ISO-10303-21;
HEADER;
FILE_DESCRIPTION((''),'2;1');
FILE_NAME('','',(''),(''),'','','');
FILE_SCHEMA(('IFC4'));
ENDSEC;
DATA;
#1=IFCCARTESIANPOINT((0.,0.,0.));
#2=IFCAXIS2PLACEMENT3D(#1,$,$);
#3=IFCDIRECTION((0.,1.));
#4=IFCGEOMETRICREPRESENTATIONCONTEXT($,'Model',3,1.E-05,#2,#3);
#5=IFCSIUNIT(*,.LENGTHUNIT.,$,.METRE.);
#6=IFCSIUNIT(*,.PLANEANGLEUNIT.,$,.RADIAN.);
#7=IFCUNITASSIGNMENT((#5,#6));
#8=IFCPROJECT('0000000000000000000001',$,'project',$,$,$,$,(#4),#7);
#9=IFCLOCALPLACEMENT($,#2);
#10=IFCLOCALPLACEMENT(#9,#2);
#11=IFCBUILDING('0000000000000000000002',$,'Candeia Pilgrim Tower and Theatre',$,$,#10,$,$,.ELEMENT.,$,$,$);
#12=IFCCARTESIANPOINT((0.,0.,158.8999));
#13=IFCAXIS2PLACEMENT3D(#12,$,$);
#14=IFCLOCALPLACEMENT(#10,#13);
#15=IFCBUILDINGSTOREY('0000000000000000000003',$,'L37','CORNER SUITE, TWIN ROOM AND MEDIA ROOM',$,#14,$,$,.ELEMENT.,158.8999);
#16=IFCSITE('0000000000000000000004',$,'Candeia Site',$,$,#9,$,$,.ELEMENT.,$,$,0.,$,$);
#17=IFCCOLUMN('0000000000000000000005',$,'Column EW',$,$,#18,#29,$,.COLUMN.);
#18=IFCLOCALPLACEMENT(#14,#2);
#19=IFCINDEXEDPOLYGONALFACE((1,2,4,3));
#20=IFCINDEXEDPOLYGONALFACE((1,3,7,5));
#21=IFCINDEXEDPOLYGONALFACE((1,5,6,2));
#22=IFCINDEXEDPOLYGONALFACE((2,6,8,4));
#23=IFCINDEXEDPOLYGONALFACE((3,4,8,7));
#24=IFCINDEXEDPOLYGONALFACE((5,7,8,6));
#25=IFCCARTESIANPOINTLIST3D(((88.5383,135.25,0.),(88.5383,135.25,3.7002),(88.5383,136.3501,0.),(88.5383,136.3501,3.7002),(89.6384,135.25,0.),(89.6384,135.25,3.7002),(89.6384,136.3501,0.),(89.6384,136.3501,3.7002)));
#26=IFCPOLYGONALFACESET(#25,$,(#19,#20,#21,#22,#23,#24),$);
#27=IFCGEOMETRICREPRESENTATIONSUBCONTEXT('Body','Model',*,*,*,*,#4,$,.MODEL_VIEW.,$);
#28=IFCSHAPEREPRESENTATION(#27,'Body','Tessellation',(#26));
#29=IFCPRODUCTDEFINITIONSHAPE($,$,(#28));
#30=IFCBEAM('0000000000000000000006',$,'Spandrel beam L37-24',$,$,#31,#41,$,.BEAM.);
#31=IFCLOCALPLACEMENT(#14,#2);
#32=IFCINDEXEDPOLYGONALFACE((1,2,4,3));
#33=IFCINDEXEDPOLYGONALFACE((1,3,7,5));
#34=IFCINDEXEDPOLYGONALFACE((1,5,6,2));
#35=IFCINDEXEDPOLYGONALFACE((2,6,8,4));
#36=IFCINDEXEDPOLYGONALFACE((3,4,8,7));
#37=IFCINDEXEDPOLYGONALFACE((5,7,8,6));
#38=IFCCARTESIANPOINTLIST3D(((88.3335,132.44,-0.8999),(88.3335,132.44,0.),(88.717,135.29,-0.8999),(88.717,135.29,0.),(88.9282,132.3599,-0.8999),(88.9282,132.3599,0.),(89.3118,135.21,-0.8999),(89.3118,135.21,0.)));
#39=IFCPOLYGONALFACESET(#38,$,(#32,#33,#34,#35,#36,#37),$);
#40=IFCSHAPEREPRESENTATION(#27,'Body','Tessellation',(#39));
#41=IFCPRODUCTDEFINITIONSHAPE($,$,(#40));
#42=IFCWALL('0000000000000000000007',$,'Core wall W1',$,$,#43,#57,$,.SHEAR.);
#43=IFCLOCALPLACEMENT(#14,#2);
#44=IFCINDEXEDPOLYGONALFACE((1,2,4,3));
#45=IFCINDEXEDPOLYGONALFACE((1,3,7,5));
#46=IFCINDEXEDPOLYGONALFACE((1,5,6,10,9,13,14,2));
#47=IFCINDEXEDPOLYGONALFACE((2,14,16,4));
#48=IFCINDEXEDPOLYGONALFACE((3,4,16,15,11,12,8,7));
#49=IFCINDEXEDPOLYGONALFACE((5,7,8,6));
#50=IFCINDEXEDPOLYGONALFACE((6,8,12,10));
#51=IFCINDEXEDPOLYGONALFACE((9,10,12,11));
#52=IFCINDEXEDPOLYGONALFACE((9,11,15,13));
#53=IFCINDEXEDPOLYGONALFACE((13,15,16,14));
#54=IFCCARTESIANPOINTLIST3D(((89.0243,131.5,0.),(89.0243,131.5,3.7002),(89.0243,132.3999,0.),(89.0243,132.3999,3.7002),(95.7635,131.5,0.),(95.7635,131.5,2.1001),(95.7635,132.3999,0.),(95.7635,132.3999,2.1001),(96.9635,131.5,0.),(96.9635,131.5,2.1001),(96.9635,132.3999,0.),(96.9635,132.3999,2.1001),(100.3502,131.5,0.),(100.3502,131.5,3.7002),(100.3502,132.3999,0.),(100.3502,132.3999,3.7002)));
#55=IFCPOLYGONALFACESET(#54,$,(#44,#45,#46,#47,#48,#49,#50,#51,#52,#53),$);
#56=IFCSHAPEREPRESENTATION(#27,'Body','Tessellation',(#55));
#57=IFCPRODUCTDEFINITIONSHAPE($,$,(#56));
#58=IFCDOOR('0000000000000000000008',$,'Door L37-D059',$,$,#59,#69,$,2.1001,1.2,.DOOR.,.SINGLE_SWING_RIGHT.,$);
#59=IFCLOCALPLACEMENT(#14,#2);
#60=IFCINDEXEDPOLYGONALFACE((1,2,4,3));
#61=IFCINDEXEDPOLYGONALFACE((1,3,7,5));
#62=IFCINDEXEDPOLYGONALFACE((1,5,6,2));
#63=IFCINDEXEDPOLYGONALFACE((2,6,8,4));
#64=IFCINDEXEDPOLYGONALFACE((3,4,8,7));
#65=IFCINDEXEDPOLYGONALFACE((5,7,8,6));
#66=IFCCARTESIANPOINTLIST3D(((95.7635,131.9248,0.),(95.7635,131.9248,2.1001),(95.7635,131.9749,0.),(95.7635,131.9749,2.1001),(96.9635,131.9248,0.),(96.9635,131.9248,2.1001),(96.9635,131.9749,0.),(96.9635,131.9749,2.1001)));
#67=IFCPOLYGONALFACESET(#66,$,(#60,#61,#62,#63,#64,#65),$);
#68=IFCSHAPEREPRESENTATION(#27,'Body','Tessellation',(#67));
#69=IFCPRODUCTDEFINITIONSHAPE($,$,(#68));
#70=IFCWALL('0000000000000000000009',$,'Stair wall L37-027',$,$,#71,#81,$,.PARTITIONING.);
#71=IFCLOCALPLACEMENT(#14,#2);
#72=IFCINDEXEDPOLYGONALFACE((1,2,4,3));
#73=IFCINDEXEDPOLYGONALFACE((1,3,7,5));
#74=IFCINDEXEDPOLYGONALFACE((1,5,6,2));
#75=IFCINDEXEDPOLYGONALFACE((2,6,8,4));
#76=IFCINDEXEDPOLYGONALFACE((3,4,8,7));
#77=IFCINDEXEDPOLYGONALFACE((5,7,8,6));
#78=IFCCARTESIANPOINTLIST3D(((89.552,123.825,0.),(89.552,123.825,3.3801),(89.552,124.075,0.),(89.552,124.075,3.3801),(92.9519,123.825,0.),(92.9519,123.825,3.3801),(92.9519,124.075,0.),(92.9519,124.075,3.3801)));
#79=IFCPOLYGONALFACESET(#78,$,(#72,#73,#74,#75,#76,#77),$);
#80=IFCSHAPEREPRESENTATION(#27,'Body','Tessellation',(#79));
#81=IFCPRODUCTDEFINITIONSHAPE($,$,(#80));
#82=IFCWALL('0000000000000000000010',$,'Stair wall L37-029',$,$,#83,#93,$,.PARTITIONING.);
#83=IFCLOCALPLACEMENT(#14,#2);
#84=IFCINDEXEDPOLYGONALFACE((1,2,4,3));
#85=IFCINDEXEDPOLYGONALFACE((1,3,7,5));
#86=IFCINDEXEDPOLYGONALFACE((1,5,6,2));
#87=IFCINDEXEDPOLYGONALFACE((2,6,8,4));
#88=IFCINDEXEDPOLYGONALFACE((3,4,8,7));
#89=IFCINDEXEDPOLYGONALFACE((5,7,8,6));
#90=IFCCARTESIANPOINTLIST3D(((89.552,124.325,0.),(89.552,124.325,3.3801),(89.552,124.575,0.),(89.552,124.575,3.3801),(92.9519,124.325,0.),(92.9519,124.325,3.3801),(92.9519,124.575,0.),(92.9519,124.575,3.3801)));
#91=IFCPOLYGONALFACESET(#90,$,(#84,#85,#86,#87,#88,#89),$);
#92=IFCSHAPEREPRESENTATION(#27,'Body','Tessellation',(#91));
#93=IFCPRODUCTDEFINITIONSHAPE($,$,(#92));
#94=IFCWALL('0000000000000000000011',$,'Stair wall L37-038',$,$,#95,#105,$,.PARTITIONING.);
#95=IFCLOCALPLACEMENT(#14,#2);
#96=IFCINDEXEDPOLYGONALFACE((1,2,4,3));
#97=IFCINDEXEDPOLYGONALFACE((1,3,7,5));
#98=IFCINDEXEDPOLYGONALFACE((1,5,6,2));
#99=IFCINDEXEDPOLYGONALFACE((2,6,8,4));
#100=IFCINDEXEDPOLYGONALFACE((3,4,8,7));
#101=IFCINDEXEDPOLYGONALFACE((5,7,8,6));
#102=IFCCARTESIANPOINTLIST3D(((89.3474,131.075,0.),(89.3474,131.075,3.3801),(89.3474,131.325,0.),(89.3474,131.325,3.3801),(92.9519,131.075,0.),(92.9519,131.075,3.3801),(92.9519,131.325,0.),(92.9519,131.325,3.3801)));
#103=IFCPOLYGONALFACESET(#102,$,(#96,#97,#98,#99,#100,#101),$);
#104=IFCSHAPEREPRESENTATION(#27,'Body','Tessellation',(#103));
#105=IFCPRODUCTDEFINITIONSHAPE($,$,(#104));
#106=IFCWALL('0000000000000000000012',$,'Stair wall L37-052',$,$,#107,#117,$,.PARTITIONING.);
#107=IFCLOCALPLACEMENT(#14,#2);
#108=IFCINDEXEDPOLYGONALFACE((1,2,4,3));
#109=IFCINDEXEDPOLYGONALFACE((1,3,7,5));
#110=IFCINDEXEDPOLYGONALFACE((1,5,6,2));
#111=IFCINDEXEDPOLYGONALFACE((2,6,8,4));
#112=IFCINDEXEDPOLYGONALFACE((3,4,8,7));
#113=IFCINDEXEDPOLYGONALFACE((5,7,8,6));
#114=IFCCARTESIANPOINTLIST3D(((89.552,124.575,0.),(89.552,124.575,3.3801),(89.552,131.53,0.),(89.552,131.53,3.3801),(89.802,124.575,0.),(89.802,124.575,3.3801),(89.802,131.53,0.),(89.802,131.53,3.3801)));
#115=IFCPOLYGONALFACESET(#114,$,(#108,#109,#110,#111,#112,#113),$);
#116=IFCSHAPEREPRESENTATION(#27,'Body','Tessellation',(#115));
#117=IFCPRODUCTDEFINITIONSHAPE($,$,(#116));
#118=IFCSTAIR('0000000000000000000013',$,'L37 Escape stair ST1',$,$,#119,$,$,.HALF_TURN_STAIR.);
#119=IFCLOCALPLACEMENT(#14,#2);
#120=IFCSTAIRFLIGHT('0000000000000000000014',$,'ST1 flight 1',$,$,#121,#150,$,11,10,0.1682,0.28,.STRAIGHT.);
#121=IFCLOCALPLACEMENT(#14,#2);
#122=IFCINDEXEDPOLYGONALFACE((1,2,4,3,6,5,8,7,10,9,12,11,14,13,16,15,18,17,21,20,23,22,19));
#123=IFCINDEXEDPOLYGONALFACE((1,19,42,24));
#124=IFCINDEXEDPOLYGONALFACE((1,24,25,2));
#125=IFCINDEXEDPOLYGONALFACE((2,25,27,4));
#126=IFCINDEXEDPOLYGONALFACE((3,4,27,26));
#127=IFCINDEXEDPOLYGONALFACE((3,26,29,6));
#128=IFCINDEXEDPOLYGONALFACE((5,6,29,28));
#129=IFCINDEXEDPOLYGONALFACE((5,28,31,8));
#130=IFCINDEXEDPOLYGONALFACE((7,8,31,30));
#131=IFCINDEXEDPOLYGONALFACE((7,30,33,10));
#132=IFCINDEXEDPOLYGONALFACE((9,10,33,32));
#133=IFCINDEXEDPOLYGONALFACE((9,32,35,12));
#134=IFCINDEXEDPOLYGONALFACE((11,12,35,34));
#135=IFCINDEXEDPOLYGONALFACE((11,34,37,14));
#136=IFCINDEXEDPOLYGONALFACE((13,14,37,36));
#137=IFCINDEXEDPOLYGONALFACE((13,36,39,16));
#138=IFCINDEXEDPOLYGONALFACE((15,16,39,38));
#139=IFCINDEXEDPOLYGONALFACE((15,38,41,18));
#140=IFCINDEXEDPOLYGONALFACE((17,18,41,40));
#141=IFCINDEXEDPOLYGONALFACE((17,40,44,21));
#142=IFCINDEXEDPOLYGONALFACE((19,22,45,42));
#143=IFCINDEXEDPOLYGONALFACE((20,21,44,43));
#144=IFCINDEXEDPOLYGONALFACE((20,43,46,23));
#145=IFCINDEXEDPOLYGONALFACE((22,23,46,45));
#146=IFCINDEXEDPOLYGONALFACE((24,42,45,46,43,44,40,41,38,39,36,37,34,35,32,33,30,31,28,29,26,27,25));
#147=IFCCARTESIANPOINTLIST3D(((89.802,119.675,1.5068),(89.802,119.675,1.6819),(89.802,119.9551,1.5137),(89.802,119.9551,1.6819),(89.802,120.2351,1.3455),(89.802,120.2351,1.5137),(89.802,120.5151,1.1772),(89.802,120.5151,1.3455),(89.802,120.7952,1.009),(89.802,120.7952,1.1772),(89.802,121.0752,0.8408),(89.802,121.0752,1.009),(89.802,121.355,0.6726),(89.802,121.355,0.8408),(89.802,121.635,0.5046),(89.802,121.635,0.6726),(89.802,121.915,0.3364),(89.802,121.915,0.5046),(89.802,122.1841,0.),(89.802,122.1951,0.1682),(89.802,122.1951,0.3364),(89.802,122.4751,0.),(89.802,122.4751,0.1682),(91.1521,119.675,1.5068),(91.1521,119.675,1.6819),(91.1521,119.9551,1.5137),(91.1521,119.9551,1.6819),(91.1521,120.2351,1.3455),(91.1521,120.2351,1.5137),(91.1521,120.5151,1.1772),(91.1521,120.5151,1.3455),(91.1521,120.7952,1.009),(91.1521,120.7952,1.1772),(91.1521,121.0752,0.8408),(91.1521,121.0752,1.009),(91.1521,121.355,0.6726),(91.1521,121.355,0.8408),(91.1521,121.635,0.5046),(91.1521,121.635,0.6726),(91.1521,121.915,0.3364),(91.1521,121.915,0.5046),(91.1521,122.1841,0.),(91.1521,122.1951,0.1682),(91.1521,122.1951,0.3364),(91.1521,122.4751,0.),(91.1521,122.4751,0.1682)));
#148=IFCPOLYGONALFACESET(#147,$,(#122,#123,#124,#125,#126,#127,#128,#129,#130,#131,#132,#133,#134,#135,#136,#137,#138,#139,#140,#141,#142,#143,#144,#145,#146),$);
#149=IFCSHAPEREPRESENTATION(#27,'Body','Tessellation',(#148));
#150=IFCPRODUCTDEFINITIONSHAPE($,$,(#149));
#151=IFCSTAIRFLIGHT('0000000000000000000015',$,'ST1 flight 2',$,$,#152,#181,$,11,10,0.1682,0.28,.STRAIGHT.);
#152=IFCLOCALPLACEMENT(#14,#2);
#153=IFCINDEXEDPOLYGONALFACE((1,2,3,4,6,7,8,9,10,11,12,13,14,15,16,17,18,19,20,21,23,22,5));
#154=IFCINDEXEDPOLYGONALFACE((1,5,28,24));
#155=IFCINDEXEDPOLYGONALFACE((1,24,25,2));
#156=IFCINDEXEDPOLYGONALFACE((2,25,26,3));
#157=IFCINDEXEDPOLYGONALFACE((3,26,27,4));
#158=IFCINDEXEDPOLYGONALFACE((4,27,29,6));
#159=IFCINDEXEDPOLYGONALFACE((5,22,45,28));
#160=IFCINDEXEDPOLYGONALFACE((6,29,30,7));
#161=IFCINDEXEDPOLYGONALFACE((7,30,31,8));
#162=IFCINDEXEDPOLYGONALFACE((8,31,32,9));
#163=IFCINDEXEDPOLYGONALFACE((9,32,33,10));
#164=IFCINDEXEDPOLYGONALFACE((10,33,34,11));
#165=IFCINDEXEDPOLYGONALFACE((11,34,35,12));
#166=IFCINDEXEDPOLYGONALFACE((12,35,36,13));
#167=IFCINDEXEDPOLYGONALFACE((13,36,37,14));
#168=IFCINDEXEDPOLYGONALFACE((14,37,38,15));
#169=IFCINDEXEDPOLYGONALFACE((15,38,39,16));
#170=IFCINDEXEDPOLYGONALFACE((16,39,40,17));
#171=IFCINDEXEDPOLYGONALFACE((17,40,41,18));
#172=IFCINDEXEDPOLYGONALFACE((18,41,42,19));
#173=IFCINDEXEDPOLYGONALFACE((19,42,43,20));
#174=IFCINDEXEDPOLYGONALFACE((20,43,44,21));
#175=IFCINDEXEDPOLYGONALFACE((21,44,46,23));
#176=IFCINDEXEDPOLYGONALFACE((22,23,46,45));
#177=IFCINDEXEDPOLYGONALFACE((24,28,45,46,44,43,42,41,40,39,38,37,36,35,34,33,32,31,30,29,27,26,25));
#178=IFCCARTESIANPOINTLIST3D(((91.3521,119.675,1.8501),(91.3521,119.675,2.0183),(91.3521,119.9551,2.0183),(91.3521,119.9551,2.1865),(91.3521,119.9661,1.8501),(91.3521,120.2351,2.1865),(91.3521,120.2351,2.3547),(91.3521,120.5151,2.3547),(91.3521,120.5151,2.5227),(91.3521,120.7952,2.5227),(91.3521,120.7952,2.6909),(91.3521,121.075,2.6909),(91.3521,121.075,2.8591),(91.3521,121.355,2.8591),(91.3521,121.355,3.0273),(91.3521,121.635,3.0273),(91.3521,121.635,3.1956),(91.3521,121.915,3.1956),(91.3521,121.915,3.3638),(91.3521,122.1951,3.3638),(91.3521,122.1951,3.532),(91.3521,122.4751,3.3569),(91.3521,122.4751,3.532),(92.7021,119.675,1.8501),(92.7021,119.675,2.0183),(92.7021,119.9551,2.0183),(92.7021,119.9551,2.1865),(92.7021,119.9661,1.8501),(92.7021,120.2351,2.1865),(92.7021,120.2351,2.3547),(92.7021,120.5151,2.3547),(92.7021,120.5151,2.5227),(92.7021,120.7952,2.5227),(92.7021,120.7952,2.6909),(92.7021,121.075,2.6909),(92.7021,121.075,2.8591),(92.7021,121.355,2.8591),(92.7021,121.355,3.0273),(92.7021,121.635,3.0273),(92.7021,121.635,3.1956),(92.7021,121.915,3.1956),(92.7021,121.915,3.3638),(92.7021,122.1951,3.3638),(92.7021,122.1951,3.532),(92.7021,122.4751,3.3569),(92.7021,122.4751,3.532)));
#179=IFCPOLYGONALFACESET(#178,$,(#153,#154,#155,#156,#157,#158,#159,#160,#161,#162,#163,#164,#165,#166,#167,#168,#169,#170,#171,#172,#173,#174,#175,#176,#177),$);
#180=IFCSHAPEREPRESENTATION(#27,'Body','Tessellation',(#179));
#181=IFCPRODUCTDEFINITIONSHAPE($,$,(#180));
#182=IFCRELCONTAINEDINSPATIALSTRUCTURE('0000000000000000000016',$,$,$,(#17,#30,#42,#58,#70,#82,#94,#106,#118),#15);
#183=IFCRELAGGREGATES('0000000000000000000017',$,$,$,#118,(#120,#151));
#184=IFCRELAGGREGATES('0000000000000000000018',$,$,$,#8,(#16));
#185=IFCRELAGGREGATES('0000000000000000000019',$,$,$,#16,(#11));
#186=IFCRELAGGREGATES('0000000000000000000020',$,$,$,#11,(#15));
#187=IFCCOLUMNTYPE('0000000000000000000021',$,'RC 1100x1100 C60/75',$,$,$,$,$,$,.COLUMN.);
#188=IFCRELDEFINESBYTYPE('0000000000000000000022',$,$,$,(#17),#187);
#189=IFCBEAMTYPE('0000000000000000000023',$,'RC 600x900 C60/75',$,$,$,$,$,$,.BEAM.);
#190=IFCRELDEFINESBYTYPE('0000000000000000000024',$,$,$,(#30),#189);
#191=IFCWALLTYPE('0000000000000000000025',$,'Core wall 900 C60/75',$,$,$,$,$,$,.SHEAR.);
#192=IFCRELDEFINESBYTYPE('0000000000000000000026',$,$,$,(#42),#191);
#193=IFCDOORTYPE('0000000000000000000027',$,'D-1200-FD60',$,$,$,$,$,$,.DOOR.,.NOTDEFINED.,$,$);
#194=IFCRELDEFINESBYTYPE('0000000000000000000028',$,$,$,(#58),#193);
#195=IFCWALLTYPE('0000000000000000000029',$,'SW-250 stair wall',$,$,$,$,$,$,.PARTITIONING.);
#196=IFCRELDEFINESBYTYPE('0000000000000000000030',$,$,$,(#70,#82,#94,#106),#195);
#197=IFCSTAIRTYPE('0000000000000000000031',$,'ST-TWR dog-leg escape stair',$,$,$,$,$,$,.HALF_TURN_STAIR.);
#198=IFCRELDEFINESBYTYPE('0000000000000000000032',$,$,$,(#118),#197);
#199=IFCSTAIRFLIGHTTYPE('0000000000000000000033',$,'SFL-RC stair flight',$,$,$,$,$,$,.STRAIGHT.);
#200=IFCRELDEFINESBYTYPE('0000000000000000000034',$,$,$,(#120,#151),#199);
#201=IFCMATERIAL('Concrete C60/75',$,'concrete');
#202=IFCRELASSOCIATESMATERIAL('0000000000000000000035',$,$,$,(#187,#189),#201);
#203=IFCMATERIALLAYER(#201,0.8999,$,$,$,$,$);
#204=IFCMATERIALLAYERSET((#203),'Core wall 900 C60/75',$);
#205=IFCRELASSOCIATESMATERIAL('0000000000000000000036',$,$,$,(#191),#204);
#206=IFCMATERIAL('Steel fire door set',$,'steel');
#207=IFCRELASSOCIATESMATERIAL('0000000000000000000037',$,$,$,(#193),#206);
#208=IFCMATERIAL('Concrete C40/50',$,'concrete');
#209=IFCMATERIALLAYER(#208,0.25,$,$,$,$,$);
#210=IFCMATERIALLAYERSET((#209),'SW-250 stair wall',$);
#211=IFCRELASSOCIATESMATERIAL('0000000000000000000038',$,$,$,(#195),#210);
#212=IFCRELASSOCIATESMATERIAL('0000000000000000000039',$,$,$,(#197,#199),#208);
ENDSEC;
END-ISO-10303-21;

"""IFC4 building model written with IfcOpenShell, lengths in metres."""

from ifc_helpers import new_model, si_unit, direction, frame, frame_2d, origin, origin_2d, place, context, subcontext, project, spatial, polyline, rectangle, outline, extrude, material, layer, layer_set, material_profile, profile_set, type_object, element, fill, aggregate, save


model = new_model("IFC4")

# Units and contexts
model_context = context("Model", 3, precision=1e-05, world=origin(), true_north=direction((0.0, 1.0)))
body_context = subcontext(model_context, "Body", "Model", "MODEL_VIEW")
ifc_project = project(units=[si_unit("LENGTHUNIT", "METRE"), si_unit("PLANEANGLEUNIT", "RADIAN")], contexts=[model_context])

# Site, building, storey
site_placement = place(None, origin())
site = spatial("IfcSite", under=ifc_project, at=site_placement, Name="Candeia Site", CompositionType="ELEMENT", RefElevation=0.0)
building_placement = place(site_placement, origin())
building = spatial("IfcBuilding", under=site, at=building_placement, Name="Candeia Pilgrim Tower and Theatre", CompositionType="ELEMENT")
storey_placement = place(building_placement, frame((0.0, 0.0, 158.8999)))
storey = spatial("IfcBuildingStorey", under=building, at=storey_placement, Name="L37", Description="CORNER SUITE, TWIN ROOM AND MEDIA ROOM", CompositionType="ELEMENT", Elevation=158.8999)

# Column
ifc_material_1 = material(Name="Concrete C60/75", Category="concrete")
ifc_material_profile_1 = material_profile(ifc_material_1, rectangle(XDim=1.1001, YDim=1.1001, at=origin_2d()))
ifc_profile_set_1 = profile_set([ifc_material_profile_1], Name="Concrete C60/75")
column_type = type_object("IfcColumnType", Name="RC 1100x1100 C60/75", PredefinedType="COLUMN", material=ifc_profile_set_1)
column_placement = place(storey_placement, frame((89.0884, 135.8, 0.0), z_axis=(0.0, 0.0, 1.0), x_axis=(1.0, 0.0, 0.0)))
element("IfcColumn", 1, at=column_placement, inside=storey, type_object=column_type, Name="Column EW", PredefinedType="COLUMN", context=body_context, shape_type="SweptSolid", body=[
    extrude(rectangle(XDim=1.1001, YDim=1.1001, at=origin_2d()), origin(), (0.0, 0.0, 1.0), 3.7002),
])

# Beam
ifc_material_profile_2 = material_profile(ifc_material_1, rectangle(XDim=0.6001, YDim=0.8999, at=origin_2d()))
ifc_profile_set_2 = profile_set([ifc_material_profile_2], Name="Concrete C60/75")
beam_type = type_object("IfcBeamType", Name="RC 600x900 C60/75", PredefinedType="BEAM", material=ifc_profile_set_2)
beam_placement = place(storey_placement, frame((89.0144, 135.25, -0.45), z_axis=(-0.13337, -0.991066, 0.0), x_axis=(0.991066, -0.13337, 0.0)))
element("IfcBeam", 2, at=beam_placement, inside=storey, type_object=beam_type, Name="Spandrel beam L37-24", PredefinedType="BEAM", context=body_context, shape_type="SweptSolid", body=[
    extrude(rectangle(XDim=0.6001, YDim=0.8999, at=origin_2d()), origin(), (0.0, 0.0, 1.0), 2.8757),
])

# Wall, opening, door
ifc_layer_1 = layer(ifc_material_1, 0.8999)
ifc_layer_set_1 = layer_set([ifc_layer_1], Name="Core wall 900 C60/75")
wall_type_1 = type_object("IfcWallType", Name="Core wall 900 C60/75", PredefinedType="SHEAR", material=ifc_layer_set_1)
wall_1_placement = place(storey_placement, frame((89.0242, 131.95, 0.0), z_axis=(0.0, 0.0, 1.0), x_axis=(1.0, 0.0, 0.0)))
wall_1 = element("IfcWall", 3, at=wall_1_placement, inside=storey, type_object=wall_type_1, Name="Core wall W1", PredefinedType="SHEAR", context=body_context, shape_type="SweptSolid", body=[
    extrude(rectangle(XDim=11.3259, YDim=0.8999, at=frame_2d((5.6631, 0.0))), origin(), (0.0, 0.0, 1.0), 3.7002),
])
opening_placement = place(wall_1_placement, frame((6.7393, 0.0, 0.0)))
opening = element("IfcOpeningElement", 4, at=opening_placement, cuts=wall_1, PredefinedType="OPENING", context=body_context, shape_type="SweptSolid", body=[
    extrude(rectangle(XDim=1.2, YDim=2.1001, at=frame_2d((0.6001, 1.05))), frame((0.0, 0.46, 0.0), z_axis=(0.0, -1.0, 0.0), x_axis=(1.0, 0.0, 0.0)), (0.0, 0.0, 1.0), 0.9199),
])
ifc_material_2 = material(Name="Steel fire door set", Category="steel")
door_type = type_object("IfcDoorType", Name="D-1200-FD60", OperationType="NOTDEFINED", PredefinedType="DOOR", material=ifc_material_2)
door_placement = place(opening_placement, origin())
door = element("IfcDoor", 5, at=door_placement, inside=storey, type_object=door_type, Name="Door L37-D059", OperationType="SINGLE_SWING_RIGHT", OverallHeight=2.1001, OverallWidth=1.2, PredefinedType="DOOR", context=body_context, shape_type="SweptSolid", body=[
    extrude(rectangle(XDim=1.2, YDim=2.1001, at=frame_2d((0.6001, 1.05))), frame((0.0, 0.0249, 0.0), z_axis=(0.0, -1.0, 0.0), x_axis=(1.0, 0.0, 0.0)), (0.0, 0.0, 1.0), 0.05),
])
fill(opening, door)

# Walls
ifc_material_3 = material(Name="Concrete C40/50", Category="concrete")
ifc_layer_2 = layer(ifc_material_3, 0.25)
ifc_layer_set_2 = layer_set([ifc_layer_2], Name="SW-250 stair wall")
wall_type_2 = type_object("IfcWallType", Name="SW-250 stair wall", PredefinedType="PARTITIONING", material=ifc_layer_set_2)
for number, where, z_axis, x_axis, name in (
    (6, (89.552, 123.95, 0.0), (0.0, 0.0, 1.0), (1.0, 0.0, 0.0), "Stair wall L37-027"),
    (7, (89.552, 124.45, 0.0), (0.0, 0.0, 1.0), (1.0, 0.0, 0.0), "Stair wall L37-029"),
):
    element("IfcWall", number, at=place(storey_placement, frame(where, z_axis=z_axis, x_axis=x_axis)), inside=storey, type_object=wall_type_2, Name=name, PredefinedType="PARTITIONING", context=body_context, shape_type="SweptSolid", body=[
        extrude(rectangle(XDim=3.3999, YDim=0.25, at=frame_2d((1.7, 0.0))), origin(), (0.0, 0.0, 1.0), 3.3801),
    ])
wall_2_placement = place(storey_placement, frame((89.3474, 131.2, 0.0), z_axis=(0.0, 0.0, 1.0), x_axis=(1.0, 0.0, 0.0)))
element("IfcWall", 8, at=wall_2_placement, inside=storey, type_object=wall_type_2, Name="Stair wall L37-038", PredefinedType="PARTITIONING", context=body_context, shape_type="SweptSolid", body=[
    extrude(rectangle(XDim=3.6045, YDim=0.25, at=frame_2d((1.8022, 0.0))), origin(), (0.0, 0.0, 1.0), 3.3801),
])
wall_3_placement = place(storey_placement, frame((89.677, 124.575, 0.0), z_axis=(0.0, 0.0, 1.0), x_axis=(0.0, 1.0, 0.0)))
element("IfcWall", 9, at=wall_3_placement, inside=storey, type_object=wall_type_2, Name="Stair wall L37-052", PredefinedType="PARTITIONING", context=body_context, shape_type="SweptSolid", body=[
    extrude(rectangle(XDim=6.9551, YDim=0.25, at=frame_2d((3.4775, 0.0))), origin(), (0.0, 0.0, 1.0), 3.3801),
])

# Stair, stair flights
stair_type = type_object("IfcStairType", Name="ST-TWR dog-leg escape stair", PredefinedType="HALF_TURN_STAIR", material=ifc_material_3)
stair_1_placement = place(storey_placement, origin())
stair_1 = element("IfcStair", 10, at=stair_1_placement, inside=storey, type_object=stair_type, Name="L37 Escape stair ST1", PredefinedType="HALF_TURN_STAIR")
stair_flight_type = type_object("IfcStairFlightType", Name="SFL-RC stair flight", PredefinedType="STRAIGHT", material=ifc_material_3)
stair_flight_1_placement = place(storey_placement, frame((90.4771, 122.4751, 0.0), z_axis=(0.0, 0.0, 1.0), x_axis=(0.0, -1.0, 0.0)))
stair_flight_1 = element("IfcStairFlight", 11, at=stair_flight_1_placement, type_object=stair_flight_type, Name="ST1 flight 1", NumberOfRisers=11, NumberOfTreads=10, PredefinedType="STRAIGHT", RiserHeight=0.1682, TreadLength=0.28, context=body_context, shape_type="SweptSolid", body=[
    extrude(outline(polyline([(0.0, 0.0), (0.0, 0.1682), (0.28, 0.1682), (0.28, 0.3364), (0.5601, 0.3364), (0.5601, 0.5046), (0.8401, 0.5046), (0.8401, 0.6726), (1.1201, 0.6726), (1.1201, 0.8408), (1.3999, 0.8408), (1.3999, 1.009), (1.6799, 1.009), (1.6799, 1.1772), (1.96, 1.1772), (1.96, 1.3455), (2.24, 1.3455), (2.24, 1.5137), (2.52, 1.5137), (2.52, 1.6819), (2.8, 1.6819), (2.8, 1.8501), (2.8, 1.5068), (0.291, 0.0), (0.0, 0.0)])), frame((0.0, 0.675, 0.0), z_axis=(0.0, -1.0, 0.0), x_axis=(1.0, 0.0, 0.0)), (0.0, 0.0, 1.0), 1.3501),
])
stair_flight_2_placement = place(storey_placement, frame((92.0271, 119.675, 1.8501), z_axis=(0.0, 0.0, 1.0), x_axis=(0.0, 1.0, 0.0)))
stair_flight_2 = element("IfcStairFlight", 12, at=stair_flight_2_placement, type_object=stair_flight_type, Name="ST1 flight 2", NumberOfRisers=11, NumberOfTreads=10, PredefinedType="STRAIGHT", RiserHeight=0.1682, TreadLength=0.28, context=body_context, shape_type="SweptSolid", body=[
    extrude(outline(polyline([(0.0, 0.0), (0.0, 0.1682), (0.28, 0.1682), (0.28, 0.3364), (0.5601, 0.3364), (0.5601, 0.5046), (0.8401, 0.5046), (0.8401, 0.6726), (1.1201, 0.6726), (1.1201, 0.8408), (1.3999, 0.8408), (1.3999, 1.009), (1.6799, 1.009), (1.6799, 1.1772), (1.96, 1.1772), (1.96, 1.3455), (2.24, 1.3455), (2.24, 1.5137), (2.52, 1.5137), (2.52, 1.6819), (2.8, 1.6819), (2.8, 1.8501), (2.8, 1.5068), (0.291, 0.0), (0.0, 0.0)])), frame((0.0, 0.675, 0.0), z_axis=(0.0, -1.0, 0.0), x_axis=(1.0, 0.0, 0.0)), (0.0, 0.0, 1.0), 1.3501),
])
aggregate(stair_1, [stair_flight_1, stair_flight_2])

save(model, "model.ifc")
